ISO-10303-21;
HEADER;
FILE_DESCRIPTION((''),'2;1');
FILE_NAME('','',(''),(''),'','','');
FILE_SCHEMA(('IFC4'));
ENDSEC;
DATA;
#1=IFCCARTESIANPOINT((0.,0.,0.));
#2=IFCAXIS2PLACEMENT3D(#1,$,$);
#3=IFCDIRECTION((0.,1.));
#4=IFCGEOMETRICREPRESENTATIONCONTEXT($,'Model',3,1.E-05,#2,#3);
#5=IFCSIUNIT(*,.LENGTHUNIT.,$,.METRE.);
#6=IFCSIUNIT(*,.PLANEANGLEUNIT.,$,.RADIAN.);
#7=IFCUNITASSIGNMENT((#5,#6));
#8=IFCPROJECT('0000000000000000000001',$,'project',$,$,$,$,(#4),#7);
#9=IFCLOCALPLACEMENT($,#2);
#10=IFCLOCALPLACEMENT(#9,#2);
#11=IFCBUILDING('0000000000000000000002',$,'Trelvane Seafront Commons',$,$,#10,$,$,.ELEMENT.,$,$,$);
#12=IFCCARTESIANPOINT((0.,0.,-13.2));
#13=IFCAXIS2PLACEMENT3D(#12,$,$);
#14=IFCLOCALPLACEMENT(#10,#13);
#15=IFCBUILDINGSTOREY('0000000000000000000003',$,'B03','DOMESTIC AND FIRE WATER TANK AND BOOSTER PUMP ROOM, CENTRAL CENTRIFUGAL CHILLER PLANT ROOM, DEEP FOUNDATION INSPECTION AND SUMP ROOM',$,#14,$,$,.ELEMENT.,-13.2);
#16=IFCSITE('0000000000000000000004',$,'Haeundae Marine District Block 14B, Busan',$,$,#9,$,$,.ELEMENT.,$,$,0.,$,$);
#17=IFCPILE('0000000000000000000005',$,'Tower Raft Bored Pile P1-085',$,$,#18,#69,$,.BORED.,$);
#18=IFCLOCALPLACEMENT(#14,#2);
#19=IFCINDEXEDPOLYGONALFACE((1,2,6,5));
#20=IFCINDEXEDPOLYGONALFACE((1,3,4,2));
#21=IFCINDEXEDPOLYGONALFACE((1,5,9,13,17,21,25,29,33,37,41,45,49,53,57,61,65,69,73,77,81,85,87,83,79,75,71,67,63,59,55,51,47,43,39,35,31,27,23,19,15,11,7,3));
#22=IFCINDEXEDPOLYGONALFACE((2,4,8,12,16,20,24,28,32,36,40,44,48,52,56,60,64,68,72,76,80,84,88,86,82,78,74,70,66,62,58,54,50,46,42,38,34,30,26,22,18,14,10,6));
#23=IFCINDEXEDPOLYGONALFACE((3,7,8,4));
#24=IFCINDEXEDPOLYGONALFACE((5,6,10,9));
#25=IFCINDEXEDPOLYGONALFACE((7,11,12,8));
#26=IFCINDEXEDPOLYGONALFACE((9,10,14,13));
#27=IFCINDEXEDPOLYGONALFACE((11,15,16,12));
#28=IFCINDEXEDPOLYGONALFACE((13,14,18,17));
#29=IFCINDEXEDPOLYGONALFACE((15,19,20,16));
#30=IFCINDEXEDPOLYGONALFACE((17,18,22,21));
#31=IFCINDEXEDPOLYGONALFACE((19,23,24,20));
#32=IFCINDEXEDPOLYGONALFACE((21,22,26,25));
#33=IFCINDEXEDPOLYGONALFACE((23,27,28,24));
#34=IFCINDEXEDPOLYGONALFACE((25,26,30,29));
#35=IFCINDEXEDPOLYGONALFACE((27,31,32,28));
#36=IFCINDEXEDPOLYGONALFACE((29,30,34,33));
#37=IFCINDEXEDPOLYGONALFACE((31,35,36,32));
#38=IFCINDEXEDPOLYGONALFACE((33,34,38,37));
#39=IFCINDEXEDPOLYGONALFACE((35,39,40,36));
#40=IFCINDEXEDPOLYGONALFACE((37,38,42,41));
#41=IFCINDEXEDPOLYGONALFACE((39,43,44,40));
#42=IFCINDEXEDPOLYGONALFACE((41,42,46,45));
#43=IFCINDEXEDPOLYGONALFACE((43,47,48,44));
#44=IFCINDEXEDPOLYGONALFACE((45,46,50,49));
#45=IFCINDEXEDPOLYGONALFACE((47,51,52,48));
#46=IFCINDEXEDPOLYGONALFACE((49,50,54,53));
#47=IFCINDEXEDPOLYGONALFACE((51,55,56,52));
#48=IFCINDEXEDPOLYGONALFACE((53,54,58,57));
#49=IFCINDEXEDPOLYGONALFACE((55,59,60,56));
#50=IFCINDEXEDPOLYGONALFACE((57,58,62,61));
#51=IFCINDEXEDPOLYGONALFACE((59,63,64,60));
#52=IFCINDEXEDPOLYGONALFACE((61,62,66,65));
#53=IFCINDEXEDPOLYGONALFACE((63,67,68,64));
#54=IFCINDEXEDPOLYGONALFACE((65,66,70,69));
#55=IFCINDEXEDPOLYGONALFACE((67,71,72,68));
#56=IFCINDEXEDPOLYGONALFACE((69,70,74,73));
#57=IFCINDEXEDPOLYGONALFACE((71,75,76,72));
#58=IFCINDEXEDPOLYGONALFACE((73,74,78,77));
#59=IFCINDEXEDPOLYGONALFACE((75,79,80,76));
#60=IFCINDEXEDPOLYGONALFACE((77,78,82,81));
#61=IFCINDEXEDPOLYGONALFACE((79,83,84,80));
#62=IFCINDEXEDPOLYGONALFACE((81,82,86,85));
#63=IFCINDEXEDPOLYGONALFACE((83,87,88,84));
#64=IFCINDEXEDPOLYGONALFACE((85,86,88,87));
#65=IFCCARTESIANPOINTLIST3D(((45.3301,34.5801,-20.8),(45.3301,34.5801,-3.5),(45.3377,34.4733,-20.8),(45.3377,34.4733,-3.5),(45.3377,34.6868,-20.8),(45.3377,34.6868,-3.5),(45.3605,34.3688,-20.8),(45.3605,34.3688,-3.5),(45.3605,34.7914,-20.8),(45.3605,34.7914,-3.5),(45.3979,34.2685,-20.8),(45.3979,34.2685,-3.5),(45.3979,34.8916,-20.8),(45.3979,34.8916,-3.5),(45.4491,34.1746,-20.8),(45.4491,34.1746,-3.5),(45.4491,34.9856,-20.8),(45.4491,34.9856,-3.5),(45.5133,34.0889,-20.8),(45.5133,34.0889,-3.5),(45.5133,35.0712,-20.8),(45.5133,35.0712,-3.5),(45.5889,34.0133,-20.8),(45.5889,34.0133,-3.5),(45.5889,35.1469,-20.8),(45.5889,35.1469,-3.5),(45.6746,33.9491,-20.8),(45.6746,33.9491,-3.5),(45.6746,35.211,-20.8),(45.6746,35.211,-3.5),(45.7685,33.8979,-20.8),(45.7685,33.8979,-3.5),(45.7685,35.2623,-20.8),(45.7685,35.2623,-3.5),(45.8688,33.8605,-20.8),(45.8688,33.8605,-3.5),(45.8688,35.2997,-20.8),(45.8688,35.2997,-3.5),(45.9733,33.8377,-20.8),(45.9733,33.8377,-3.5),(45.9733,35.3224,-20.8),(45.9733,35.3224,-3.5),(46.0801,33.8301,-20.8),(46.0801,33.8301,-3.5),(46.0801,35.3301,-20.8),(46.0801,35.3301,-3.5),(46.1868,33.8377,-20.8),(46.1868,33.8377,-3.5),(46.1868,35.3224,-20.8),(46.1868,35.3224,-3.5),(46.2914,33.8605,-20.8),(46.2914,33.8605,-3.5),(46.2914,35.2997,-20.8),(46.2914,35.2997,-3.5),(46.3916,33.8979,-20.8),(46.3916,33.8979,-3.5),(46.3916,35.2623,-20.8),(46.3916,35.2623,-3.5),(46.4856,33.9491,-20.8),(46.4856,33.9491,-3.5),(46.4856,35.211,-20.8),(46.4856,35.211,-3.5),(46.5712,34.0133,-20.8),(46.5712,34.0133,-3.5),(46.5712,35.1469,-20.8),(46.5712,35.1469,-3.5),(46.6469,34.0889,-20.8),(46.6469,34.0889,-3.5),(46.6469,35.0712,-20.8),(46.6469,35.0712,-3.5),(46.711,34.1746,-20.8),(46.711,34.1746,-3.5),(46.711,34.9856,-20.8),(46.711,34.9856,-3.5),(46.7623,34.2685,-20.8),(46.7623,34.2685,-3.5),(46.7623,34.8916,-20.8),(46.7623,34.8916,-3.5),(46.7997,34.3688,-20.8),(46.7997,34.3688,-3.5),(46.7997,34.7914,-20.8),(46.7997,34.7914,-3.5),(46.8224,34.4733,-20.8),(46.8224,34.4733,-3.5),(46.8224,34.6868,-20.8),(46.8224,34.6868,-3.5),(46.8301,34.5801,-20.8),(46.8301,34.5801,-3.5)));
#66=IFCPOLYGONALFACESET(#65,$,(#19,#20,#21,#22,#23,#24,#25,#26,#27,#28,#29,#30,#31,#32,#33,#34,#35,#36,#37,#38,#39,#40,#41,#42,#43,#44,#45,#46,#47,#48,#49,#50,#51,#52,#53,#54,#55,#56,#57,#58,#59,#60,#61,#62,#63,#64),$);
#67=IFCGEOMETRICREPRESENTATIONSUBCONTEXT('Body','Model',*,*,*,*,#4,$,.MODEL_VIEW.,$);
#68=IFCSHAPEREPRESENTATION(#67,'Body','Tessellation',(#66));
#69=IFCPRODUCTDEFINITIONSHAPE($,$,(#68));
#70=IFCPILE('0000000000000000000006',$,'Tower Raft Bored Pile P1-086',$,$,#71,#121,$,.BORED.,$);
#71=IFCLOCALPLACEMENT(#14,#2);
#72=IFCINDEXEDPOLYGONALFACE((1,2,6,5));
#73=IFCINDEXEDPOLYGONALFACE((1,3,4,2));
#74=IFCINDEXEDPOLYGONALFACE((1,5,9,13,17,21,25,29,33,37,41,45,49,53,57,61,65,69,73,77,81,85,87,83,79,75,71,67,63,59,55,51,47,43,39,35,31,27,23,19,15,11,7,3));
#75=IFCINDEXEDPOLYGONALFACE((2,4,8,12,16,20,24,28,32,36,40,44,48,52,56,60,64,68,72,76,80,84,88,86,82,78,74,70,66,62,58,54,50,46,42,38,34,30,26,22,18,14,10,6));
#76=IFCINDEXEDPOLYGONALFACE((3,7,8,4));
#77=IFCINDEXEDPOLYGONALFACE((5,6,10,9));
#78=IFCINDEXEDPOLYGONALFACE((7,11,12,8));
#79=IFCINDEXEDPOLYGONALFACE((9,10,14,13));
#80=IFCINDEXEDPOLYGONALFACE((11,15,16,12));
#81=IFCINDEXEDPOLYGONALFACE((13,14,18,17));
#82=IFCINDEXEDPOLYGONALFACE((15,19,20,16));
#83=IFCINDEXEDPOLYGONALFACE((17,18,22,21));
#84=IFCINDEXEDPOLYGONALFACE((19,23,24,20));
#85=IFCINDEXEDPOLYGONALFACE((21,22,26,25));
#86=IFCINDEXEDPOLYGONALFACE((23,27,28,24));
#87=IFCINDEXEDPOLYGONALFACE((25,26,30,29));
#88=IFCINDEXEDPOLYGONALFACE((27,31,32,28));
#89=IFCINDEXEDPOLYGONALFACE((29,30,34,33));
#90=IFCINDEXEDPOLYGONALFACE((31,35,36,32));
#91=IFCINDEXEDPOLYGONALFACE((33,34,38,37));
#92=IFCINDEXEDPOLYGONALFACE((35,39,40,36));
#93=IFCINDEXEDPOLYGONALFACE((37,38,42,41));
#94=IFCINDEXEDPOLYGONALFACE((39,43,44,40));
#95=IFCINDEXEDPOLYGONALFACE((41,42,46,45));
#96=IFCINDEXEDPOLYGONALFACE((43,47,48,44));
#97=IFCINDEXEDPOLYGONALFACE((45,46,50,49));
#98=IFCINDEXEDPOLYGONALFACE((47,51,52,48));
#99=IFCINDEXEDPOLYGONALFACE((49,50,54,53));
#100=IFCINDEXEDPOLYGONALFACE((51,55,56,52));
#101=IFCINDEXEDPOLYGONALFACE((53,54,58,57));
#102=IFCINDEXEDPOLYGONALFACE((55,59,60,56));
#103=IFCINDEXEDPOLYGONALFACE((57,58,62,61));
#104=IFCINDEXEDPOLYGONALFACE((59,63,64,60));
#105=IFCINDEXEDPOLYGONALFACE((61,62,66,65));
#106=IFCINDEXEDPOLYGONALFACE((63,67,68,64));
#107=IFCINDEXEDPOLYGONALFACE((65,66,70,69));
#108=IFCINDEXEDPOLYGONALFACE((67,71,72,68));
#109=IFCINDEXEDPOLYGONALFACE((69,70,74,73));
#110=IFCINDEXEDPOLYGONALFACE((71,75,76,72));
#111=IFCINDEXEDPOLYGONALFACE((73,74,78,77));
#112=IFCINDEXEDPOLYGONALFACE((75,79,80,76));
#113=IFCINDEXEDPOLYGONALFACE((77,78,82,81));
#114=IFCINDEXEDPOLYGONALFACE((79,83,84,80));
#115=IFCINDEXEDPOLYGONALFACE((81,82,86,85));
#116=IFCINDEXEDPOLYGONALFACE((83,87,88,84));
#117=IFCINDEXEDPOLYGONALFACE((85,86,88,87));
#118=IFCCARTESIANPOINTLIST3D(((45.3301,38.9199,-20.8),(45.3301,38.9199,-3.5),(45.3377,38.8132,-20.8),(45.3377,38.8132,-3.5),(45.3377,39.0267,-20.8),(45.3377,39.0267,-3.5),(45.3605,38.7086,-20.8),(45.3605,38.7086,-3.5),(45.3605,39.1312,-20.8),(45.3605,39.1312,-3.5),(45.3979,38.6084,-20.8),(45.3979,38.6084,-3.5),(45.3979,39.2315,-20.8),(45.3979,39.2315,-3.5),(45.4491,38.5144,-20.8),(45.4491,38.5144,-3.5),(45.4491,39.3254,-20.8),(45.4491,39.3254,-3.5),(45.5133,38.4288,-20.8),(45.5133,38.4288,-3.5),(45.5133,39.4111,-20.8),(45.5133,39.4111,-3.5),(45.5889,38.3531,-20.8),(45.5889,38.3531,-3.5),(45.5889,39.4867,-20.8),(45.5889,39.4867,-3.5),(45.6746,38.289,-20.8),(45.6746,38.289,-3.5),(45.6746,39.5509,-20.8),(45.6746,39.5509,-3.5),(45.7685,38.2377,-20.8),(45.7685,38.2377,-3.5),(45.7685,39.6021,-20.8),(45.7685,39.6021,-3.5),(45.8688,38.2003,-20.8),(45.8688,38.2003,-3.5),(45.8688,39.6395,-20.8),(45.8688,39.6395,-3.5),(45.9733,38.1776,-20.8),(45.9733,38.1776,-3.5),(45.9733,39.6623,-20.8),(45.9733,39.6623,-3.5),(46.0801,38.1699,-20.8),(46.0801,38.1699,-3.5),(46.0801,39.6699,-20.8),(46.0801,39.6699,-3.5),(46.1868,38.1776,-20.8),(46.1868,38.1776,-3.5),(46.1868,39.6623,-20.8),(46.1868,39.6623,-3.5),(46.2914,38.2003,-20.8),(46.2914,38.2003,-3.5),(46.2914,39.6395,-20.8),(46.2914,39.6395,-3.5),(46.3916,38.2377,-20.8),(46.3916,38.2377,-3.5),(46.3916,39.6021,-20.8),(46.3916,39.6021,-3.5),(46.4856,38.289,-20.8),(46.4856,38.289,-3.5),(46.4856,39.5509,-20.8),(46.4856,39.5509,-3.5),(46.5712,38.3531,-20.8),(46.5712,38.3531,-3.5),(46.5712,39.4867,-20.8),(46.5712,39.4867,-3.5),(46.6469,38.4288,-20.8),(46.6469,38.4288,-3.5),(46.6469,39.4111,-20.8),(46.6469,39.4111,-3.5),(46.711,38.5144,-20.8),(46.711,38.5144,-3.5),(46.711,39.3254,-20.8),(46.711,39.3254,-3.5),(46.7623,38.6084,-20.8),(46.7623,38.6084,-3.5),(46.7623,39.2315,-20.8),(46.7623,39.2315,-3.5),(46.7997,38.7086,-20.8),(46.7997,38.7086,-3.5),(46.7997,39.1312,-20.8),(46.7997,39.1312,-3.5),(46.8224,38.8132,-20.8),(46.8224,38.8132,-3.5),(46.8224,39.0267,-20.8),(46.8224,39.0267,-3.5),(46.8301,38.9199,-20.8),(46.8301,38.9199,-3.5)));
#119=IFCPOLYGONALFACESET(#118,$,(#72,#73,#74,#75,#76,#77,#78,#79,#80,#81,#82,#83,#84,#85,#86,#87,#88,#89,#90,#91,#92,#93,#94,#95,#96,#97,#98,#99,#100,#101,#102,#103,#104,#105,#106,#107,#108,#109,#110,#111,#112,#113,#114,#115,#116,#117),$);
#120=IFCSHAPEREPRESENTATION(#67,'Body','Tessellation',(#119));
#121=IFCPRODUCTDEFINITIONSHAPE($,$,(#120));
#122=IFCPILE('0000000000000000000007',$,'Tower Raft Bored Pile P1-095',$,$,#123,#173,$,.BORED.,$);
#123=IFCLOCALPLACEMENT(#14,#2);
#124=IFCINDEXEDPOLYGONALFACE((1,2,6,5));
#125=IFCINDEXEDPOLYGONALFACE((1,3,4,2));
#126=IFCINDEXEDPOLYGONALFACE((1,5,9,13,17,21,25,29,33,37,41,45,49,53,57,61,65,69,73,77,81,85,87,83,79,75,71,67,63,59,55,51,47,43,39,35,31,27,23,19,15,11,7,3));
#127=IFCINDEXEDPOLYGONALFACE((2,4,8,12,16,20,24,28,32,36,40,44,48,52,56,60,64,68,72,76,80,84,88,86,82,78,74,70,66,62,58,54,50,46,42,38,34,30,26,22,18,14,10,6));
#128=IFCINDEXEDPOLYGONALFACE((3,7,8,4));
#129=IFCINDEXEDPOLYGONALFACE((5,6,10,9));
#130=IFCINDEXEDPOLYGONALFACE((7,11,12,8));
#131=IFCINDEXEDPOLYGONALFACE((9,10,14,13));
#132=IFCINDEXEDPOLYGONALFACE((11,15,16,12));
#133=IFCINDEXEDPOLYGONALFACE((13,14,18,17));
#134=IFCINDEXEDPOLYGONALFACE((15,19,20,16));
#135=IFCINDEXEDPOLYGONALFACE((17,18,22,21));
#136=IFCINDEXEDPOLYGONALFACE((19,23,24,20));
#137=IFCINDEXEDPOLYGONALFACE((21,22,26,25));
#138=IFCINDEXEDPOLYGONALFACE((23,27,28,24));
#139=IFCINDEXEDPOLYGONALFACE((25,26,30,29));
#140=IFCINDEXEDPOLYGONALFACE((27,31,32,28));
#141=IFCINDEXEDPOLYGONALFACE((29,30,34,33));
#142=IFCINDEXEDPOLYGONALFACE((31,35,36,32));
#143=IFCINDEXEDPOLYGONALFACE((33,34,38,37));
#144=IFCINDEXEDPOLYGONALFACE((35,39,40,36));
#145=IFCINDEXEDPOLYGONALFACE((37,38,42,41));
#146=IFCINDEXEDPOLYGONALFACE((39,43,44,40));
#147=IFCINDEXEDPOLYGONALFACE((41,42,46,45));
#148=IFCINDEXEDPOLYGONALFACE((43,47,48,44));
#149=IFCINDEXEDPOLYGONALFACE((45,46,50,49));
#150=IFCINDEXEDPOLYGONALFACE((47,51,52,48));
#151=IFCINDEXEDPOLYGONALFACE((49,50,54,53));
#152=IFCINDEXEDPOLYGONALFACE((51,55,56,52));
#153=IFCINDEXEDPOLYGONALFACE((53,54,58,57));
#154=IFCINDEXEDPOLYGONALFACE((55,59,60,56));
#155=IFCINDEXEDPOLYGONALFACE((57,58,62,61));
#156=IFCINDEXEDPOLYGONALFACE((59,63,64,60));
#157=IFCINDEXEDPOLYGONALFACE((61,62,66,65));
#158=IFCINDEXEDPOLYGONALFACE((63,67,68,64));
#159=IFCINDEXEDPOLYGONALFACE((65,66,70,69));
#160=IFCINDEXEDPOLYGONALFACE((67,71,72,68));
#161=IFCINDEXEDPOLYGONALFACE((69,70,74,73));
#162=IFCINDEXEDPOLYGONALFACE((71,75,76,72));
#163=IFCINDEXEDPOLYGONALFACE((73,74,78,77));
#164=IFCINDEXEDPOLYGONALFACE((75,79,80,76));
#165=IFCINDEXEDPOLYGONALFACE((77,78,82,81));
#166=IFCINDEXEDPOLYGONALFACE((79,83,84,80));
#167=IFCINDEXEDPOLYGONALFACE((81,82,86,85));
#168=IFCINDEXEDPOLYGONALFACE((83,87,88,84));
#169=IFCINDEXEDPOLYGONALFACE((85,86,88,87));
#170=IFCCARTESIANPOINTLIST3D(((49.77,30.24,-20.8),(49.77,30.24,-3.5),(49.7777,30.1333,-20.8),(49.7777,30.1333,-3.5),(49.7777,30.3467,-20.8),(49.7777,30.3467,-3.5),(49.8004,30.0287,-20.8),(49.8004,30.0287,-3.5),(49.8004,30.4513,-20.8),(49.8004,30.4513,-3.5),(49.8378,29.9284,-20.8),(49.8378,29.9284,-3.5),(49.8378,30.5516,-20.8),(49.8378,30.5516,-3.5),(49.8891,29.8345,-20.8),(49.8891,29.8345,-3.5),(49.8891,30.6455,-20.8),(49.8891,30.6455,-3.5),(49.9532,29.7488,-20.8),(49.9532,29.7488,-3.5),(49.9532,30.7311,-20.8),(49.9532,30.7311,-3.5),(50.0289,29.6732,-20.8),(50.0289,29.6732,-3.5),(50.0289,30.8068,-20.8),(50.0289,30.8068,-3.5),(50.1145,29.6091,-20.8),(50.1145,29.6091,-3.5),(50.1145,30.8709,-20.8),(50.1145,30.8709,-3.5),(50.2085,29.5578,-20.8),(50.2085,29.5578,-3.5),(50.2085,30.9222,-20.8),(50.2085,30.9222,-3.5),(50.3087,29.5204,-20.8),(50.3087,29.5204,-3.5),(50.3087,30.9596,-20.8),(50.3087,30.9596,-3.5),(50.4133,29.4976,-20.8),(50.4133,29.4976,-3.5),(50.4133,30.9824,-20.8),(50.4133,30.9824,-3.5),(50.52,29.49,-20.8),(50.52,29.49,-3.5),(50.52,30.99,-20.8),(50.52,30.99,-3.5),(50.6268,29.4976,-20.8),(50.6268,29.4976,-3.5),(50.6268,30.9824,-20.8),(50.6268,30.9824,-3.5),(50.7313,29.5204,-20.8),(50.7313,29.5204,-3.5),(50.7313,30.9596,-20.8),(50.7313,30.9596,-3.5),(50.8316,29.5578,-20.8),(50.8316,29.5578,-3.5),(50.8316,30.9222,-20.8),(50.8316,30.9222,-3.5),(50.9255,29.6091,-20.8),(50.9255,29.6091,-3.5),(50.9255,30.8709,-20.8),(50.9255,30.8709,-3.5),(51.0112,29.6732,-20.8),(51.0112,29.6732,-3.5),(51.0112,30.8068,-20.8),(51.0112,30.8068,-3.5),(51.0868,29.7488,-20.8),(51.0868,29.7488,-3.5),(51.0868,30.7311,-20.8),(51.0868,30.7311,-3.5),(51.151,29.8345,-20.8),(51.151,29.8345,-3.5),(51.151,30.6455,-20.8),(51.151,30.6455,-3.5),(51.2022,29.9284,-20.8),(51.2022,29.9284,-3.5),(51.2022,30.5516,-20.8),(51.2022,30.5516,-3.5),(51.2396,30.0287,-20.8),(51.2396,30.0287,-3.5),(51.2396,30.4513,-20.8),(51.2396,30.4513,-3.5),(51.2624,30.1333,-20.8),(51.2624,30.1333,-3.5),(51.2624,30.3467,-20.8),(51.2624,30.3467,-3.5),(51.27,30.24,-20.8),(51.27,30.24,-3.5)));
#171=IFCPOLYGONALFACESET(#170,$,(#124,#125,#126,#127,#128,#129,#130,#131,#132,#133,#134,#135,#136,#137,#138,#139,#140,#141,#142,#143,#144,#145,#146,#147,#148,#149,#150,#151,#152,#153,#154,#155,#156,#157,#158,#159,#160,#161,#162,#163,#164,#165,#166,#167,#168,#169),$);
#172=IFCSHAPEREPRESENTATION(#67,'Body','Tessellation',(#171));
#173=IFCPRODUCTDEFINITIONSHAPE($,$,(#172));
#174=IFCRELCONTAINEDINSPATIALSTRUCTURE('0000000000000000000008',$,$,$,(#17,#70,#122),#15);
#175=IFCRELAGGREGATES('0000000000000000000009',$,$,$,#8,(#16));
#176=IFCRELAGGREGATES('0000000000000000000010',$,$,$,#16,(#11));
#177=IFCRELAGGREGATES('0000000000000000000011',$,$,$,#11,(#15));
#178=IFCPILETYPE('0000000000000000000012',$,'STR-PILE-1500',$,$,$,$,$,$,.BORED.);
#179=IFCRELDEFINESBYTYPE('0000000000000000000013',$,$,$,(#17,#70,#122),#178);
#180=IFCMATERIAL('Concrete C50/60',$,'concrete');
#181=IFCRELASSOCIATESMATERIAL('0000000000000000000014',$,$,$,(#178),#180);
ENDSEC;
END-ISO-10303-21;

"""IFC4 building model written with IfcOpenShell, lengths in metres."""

from ifc_helpers import new_model, si_unit, direction, frame, origin, origin_2d, place, context, subcontext, project, spatial, circle, extrude, source, transform, mapped, material, material_profile, profile_set, type_object, element, save


model = new_model("IFC4")

# Units and contexts
model_context = context("Model", 3, precision=1e-05, world=origin(), true_north=direction((0.0, 1.0)))
body_context = subcontext(model_context, "Body", "Model", "MODEL_VIEW")
ifc_project = project(units=[si_unit("LENGTHUNIT", "METRE"), si_unit("PLANEANGLEUNIT", "RADIAN")], contexts=[model_context])

# Site, building, storey
site_placement = place(None, origin())
site = spatial("IfcSite", under=ifc_project, at=site_placement, Name="Haeundae Marine District Block 14B, Busan", CompositionType="ELEMENT", RefElevation=0.0)
building_placement = place(site_placement, origin())
building = spatial("IfcBuilding", under=site, at=building_placement, Name="Trelvane Seafront Commons", CompositionType="ELEMENT")
storey_placement = place(building_placement, frame((0.0, 0.0, -13.2)))
storey = spatial("IfcBuildingStorey", under=building, at=storey_placement, Name="B03", Description="DOMESTIC AND FIRE WATER TANK AND BOOSTER PUMP ROOM, CENTRAL CENTRIFUGAL CHILLER PLANT ROOM, DEEP FOUNDATION INSPECTION AND SUMP ROOM", CompositionType="ELEMENT", Elevation=-13.2)

# Piles
ifc_material_1 = material(Name="Concrete C50/60", Category="concrete")
ifc_material_profile_1 = material_profile(ifc_material_1, circle(Radius=0.75, at=origin_2d()), Name="PILE-1500")
ifc_profile_set_1 = profile_set([ifc_material_profile_1], Name="Concrete C50/60")
pile_type = type_object("IfcPileType", Name="STR-PILE-1500", PredefinedType="BORED", material=ifc_profile_set_1)
shared_shape_1 = source(origin(), body_context, "Body", "SweptSolid", [
    extrude(circle(Radius=0.75, at=origin_2d()), origin(), (0.0, 0.0, 1.0), 17.3),
])
for number, where, z_axis, x_axis, name in (
    (1, (46.0801, 34.5801, -3.5), (0.0, 0.0, -1.0), (1.0, 0.0, 0.0), "Tower Raft Bored Pile P1-085"),
    (2, (46.0801, 38.9199, -3.5), (0.0, 0.0, -1.0), (1.0, 0.0, 0.0), "Tower Raft Bored Pile P1-086"),
    (3, (50.52, 30.24, -3.5), (0.0, 0.0, -1.0), (1.0, 0.0, 0.0), "Tower Raft Bored Pile P1-095"),
):
    element("IfcPile", number, at=place(storey_placement, frame(where, z_axis=z_axis, x_axis=x_axis)), inside=storey, type_object=pile_type, Name=name, PredefinedType="BORED", context=body_context, shape_type="MappedRepresentation", body=[
        mapped(shared_shape_1, transform((0.0, 0.0, 0.0), x_axis=(1.0, 0.0, 0.0), y_axis=(0.0, 1.0, 0.0), z_axis=(0.0, 0.0, 1.0), scale=1.0)),
    ])

save(model, "model.ifc")
